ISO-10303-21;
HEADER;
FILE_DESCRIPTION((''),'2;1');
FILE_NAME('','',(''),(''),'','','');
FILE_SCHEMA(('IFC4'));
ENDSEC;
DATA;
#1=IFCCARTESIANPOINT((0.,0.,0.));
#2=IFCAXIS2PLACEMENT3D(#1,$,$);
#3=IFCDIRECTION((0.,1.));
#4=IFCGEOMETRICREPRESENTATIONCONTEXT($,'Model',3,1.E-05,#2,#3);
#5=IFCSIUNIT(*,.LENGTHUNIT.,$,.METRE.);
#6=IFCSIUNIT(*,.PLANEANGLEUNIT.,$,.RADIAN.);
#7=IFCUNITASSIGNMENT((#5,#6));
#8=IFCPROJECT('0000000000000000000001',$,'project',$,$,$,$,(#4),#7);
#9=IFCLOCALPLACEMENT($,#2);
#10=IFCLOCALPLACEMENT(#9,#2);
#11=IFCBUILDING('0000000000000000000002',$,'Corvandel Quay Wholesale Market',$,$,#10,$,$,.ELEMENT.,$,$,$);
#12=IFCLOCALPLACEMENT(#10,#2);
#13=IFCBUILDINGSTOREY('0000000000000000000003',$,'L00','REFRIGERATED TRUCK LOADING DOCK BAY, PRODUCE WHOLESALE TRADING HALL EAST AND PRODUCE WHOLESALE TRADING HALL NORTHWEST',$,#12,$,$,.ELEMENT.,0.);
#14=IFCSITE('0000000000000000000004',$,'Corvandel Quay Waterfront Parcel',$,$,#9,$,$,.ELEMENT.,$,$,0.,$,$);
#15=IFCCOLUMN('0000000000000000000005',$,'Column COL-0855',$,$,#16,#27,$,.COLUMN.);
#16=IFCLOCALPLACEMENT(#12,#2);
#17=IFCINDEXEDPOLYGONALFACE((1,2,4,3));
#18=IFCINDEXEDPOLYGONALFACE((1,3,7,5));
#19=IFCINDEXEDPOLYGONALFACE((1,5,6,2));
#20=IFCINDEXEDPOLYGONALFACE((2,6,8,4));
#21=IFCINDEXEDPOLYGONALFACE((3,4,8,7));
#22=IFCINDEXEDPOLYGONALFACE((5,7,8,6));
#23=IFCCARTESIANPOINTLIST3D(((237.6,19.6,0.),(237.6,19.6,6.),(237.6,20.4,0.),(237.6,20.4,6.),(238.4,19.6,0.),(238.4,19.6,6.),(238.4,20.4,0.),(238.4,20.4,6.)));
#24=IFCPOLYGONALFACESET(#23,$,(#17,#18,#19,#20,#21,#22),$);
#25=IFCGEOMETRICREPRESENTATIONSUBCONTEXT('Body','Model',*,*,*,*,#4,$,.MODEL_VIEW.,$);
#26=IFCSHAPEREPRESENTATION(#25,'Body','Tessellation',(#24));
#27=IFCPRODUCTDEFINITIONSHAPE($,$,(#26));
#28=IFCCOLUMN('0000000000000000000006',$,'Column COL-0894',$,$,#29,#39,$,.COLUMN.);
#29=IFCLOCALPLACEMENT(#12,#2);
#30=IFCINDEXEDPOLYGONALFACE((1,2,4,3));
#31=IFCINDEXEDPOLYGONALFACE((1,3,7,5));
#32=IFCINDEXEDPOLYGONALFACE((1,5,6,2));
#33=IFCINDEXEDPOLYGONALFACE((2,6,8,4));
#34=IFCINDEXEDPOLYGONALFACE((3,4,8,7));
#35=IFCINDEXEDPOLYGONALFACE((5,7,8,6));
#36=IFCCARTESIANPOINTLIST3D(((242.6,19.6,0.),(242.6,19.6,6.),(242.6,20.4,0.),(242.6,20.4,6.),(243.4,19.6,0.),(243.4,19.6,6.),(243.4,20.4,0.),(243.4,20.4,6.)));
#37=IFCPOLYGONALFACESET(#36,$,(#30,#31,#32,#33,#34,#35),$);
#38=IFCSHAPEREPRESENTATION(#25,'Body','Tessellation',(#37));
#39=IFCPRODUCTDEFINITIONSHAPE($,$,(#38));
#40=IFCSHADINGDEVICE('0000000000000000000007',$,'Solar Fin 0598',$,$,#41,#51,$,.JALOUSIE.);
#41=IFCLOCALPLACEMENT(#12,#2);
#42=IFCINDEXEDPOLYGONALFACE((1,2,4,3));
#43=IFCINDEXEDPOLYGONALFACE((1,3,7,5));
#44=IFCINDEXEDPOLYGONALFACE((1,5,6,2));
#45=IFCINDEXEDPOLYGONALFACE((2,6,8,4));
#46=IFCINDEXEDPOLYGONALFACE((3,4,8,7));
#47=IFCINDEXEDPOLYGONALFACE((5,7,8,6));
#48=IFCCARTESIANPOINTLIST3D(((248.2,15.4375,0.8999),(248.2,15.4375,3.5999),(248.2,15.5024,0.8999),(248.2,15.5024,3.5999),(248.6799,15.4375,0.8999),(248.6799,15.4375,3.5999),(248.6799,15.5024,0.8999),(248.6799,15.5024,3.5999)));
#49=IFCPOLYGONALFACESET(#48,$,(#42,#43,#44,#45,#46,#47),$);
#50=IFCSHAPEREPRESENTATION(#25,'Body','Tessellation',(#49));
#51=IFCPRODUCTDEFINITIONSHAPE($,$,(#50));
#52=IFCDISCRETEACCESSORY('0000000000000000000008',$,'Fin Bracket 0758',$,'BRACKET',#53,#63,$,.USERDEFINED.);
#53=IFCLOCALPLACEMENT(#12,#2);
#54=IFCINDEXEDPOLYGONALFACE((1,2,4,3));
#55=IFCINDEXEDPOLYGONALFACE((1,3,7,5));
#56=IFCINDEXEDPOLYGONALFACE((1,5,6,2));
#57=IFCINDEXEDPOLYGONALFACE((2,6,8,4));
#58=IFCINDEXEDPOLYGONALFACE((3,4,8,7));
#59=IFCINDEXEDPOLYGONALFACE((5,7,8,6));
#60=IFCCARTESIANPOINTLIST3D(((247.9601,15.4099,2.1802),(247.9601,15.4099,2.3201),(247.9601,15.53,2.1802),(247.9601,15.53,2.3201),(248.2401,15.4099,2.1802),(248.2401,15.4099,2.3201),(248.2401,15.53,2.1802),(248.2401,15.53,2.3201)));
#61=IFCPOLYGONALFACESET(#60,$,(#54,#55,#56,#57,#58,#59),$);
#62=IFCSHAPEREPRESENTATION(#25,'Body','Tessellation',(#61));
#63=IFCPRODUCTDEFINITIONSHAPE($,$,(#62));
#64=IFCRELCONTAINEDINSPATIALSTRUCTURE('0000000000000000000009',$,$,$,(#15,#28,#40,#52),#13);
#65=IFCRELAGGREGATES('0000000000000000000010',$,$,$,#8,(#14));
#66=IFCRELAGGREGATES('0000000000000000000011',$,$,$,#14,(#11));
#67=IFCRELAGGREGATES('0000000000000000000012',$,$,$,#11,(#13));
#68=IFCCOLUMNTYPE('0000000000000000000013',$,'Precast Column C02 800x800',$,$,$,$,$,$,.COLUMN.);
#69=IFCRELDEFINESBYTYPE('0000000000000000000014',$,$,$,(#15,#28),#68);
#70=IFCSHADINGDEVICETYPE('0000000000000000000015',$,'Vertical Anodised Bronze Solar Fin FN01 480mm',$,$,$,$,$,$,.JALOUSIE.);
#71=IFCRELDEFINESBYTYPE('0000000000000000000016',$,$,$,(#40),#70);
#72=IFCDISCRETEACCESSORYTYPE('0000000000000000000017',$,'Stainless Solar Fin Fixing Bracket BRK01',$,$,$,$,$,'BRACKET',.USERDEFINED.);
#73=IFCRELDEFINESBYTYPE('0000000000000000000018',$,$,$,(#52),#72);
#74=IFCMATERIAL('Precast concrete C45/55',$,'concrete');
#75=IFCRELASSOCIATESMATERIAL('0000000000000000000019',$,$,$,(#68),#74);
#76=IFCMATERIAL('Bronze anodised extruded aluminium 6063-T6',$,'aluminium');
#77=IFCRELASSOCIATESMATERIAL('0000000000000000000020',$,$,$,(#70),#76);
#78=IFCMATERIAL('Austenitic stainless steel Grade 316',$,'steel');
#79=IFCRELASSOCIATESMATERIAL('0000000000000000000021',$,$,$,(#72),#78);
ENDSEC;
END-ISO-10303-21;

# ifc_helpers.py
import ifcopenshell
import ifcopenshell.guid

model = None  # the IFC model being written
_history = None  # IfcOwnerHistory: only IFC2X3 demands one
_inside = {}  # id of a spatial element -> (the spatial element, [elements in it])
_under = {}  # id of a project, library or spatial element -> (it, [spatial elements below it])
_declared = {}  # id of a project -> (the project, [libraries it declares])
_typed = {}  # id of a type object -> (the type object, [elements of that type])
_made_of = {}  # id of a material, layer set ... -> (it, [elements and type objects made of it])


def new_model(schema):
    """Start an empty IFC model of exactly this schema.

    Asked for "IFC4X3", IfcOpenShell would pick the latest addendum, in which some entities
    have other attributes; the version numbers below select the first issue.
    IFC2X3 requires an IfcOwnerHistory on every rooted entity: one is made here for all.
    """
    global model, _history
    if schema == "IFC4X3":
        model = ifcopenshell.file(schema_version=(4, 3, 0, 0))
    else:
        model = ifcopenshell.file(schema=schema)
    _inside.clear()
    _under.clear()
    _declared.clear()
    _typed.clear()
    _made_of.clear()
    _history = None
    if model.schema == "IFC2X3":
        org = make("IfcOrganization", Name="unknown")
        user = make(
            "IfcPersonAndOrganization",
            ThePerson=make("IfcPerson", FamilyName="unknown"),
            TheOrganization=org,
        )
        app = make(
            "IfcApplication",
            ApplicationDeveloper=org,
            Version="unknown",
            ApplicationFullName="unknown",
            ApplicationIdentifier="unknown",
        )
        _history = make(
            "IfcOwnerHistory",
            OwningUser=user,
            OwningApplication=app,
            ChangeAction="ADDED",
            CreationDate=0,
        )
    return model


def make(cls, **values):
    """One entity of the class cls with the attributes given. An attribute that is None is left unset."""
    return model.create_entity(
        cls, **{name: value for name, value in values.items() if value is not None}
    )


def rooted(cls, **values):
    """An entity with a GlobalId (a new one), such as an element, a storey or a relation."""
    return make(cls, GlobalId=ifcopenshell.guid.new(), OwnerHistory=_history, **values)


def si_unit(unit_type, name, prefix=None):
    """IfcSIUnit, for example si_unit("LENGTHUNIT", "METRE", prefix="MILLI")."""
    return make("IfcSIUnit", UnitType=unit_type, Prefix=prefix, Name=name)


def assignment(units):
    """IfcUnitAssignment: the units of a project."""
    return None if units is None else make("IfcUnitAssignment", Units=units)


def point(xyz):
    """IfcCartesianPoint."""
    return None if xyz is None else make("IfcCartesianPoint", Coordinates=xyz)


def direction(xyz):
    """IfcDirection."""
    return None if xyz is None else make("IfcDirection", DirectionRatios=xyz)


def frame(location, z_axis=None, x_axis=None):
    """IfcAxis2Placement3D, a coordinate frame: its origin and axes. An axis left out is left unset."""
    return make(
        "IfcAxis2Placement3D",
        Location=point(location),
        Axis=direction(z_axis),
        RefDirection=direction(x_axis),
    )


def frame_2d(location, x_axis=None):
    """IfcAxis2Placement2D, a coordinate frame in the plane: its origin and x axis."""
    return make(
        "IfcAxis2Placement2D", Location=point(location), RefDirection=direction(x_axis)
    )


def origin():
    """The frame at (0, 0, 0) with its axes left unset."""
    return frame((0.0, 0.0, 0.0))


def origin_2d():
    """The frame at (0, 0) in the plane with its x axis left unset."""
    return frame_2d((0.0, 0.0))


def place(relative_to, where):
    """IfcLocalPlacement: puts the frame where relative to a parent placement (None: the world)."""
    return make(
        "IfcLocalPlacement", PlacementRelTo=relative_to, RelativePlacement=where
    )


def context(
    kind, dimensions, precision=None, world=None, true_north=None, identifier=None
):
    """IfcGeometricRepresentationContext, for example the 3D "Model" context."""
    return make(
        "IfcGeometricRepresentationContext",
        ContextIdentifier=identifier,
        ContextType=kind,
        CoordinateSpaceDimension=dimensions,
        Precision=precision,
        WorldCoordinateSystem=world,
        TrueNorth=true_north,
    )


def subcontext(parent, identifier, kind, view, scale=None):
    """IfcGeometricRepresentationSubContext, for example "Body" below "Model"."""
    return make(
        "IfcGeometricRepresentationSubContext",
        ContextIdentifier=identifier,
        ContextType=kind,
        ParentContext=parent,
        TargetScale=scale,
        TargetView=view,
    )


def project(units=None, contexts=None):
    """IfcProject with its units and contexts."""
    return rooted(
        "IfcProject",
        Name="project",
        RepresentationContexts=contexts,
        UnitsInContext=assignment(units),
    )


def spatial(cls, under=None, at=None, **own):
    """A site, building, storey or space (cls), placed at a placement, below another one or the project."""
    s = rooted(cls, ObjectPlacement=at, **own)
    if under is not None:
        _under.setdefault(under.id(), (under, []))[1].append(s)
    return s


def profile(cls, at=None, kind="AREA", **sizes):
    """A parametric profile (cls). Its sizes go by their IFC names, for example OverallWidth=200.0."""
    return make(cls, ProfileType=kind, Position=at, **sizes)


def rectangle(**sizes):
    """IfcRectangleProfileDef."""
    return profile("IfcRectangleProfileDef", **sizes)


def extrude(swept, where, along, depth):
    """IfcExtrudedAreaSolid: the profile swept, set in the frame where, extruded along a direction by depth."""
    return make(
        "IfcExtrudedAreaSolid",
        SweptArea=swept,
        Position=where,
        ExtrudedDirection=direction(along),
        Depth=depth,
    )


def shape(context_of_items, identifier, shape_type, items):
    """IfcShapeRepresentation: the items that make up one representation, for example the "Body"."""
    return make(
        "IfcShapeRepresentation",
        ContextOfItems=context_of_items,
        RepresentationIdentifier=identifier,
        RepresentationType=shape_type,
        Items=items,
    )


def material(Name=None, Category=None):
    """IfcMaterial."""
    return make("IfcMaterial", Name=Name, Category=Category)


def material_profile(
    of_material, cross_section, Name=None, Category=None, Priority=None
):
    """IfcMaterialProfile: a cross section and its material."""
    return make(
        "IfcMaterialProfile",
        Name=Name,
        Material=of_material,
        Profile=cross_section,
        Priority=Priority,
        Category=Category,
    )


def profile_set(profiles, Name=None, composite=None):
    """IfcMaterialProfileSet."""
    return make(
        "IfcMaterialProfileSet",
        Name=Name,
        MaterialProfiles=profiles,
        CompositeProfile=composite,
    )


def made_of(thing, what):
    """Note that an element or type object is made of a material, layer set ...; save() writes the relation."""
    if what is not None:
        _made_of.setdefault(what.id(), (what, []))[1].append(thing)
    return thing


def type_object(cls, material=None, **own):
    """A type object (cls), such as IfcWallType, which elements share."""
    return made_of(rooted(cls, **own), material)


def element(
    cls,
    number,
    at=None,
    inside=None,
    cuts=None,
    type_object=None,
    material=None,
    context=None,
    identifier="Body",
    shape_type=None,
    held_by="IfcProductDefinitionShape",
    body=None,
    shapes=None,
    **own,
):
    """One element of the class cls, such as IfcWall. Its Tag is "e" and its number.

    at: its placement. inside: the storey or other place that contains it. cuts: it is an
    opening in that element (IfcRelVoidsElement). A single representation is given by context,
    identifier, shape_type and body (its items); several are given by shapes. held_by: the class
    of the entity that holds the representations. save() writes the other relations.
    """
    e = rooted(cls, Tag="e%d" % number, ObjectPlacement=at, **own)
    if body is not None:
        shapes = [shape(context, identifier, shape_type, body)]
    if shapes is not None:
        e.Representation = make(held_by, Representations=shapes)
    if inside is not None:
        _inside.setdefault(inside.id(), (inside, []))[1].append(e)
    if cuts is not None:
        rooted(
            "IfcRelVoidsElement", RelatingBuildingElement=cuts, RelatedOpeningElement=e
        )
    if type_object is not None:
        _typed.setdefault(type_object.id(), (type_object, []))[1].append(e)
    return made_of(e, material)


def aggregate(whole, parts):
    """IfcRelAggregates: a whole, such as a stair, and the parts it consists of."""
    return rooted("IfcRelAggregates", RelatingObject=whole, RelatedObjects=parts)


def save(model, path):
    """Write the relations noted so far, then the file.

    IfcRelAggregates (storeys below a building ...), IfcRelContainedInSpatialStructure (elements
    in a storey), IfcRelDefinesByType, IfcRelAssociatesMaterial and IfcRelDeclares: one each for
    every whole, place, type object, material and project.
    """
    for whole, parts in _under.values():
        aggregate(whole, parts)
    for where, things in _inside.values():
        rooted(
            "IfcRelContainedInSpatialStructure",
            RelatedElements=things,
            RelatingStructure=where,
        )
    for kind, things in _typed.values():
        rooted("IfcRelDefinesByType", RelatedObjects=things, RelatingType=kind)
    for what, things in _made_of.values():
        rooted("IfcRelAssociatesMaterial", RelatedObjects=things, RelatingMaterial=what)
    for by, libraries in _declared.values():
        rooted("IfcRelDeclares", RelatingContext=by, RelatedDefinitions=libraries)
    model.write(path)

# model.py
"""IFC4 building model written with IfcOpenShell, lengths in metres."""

from ifc_helpers import new_model, si_unit, direction, frame, origin, origin_2d, place, context, subcontext, project, spatial, rectangle, extrude, material, material_profile, profile_set, type_object, element, save


model = new_model("IFC4")

# Units and contexts
model_context = context("Model", 3, precision=1e-05, world=origin(), true_north=direction((0.0, 1.0)))
body_context = subcontext(model_context, "Body", "Model", "MODEL_VIEW")
ifc_project = project(units=[si_unit("LENGTHUNIT", "METRE"), si_unit("PLANEANGLEUNIT", "RADIAN")], contexts=[model_context])

# Site, building, storey
site_placement = place(None, origin())
site = spatial("IfcSite", under=ifc_project, at=site_placement, Name="Corvandel Quay Waterfront Parcel", CompositionType="ELEMENT", RefElevation=0.0)
building_placement = place(site_placement, origin())
building = spatial("IfcBuilding", under=site, at=building_placement, Name="Corvandel Quay Wholesale Market", CompositionType="ELEMENT")
storey_placement = place(building_placement, origin())
storey = spatial("IfcBuildingStorey", under=building, at=storey_placement, Name="L00", Description="REFRIGERATED TRUCK LOADING DOCK BAY, PRODUCE WHOLESALE TRADING HALL EAST AND PRODUCE WHOLESALE TRADING HALL NORTHWEST", CompositionType="ELEMENT", Elevation=0.0)

# Columns
ifc_material_1 = material(Name="Precast concrete C45/55", Category="concrete")
ifc_material_profile_1 = material_profile(ifc_material_1, rectangle(XDim=0.8, YDim=0.8, at=origin_2d()), Name="PC-COL-800x800")
ifc_profile_set_1 = profile_set([ifc_material_profile_1], Name="Precast concrete C45/55")
column_type_1 = type_object("IfcColumnType", Name="Precast Column C02 800x800", PredefinedType="COLUMN", material=ifc_profile_set_1)
for number, where, z_axis, x_axis, name in (
    (1, (238.0, 20.0, 0.0), (0.0, 0.0, 1.0), (1.0, 0.0, 0.0), "Column COL-0855"),
    (2, (243.0, 20.0, 0.0), (0.0, 0.0, 1.0), (1.0, 0.0, 0.0), "Column COL-0894"),
):
    element("IfcColumn", number, at=place(storey_placement, frame(where, z_axis=z_axis, x_axis=x_axis)), inside=storey, type_object=column_type_1, Name=name, PredefinedType="COLUMN", context=body_context, shape_type="SweptSolid", body=[
        extrude(rectangle(XDim=0.8, YDim=0.8, at=origin_2d()), origin(), (0.0, 0.0, 1.0), 6.0),
    ])

# Shading device
ifc_material_2 = material(Name="Bronze anodised extruded aluminium 6063-T6", Category="aluminium")
shading_device_type = type_object("IfcShadingDeviceType", Name="Vertical Anodised Bronze Solar Fin FN01 480mm", PredefinedType="JALOUSIE", material=ifc_material_2)
shading_device_placement = place(storey_placement, frame((248.4399, 15.47, 0.8999), z_axis=(0.0, 0.0, 1.0), x_axis=(1.0, 0.0, 0.0)))
element("IfcShadingDevice", 3, at=shading_device_placement, inside=storey, type_object=shading_device_type, Name="Solar Fin 0598", PredefinedType="JALOUSIE", context=body_context, shape_type="SweptSolid", body=[
    extrude(rectangle(XDim=0.48, YDim=0.0649, at=origin_2d()), origin(), (0.0, 0.0, 1.0), 2.7),
])

# Discrete accessory
ifc_material_3 = material(Name="Austenitic stainless steel Grade 316", Category="steel")
discrete_accessory_type = type_object("IfcDiscreteAccessoryType", Name="Stainless Solar Fin Fixing Bracket BRK01", ElementType="BRACKET", PredefinedType="USERDEFINED", material=ifc_material_3)
discrete_accessory_placement = place(storey_placement, frame((248.1001, 15.47, 2.1802), z_axis=(0.0, 0.0, 1.0), x_axis=(1.0, 0.0, 0.0)))
element("IfcDiscreteAccessory", 4, at=discrete_accessory_placement, inside=storey, type_object=discrete_accessory_type, Name="Fin Bracket 0758", ObjectType="BRACKET", PredefinedType="USERDEFINED", context=body_context, shape_type="SweptSolid", body=[
    extrude(rectangle(XDim=0.28, YDim=0.1201, at=origin_2d()), origin(), (0.0, 0.0, 1.0), 0.1399),
])

save(model, "model.ifc")
